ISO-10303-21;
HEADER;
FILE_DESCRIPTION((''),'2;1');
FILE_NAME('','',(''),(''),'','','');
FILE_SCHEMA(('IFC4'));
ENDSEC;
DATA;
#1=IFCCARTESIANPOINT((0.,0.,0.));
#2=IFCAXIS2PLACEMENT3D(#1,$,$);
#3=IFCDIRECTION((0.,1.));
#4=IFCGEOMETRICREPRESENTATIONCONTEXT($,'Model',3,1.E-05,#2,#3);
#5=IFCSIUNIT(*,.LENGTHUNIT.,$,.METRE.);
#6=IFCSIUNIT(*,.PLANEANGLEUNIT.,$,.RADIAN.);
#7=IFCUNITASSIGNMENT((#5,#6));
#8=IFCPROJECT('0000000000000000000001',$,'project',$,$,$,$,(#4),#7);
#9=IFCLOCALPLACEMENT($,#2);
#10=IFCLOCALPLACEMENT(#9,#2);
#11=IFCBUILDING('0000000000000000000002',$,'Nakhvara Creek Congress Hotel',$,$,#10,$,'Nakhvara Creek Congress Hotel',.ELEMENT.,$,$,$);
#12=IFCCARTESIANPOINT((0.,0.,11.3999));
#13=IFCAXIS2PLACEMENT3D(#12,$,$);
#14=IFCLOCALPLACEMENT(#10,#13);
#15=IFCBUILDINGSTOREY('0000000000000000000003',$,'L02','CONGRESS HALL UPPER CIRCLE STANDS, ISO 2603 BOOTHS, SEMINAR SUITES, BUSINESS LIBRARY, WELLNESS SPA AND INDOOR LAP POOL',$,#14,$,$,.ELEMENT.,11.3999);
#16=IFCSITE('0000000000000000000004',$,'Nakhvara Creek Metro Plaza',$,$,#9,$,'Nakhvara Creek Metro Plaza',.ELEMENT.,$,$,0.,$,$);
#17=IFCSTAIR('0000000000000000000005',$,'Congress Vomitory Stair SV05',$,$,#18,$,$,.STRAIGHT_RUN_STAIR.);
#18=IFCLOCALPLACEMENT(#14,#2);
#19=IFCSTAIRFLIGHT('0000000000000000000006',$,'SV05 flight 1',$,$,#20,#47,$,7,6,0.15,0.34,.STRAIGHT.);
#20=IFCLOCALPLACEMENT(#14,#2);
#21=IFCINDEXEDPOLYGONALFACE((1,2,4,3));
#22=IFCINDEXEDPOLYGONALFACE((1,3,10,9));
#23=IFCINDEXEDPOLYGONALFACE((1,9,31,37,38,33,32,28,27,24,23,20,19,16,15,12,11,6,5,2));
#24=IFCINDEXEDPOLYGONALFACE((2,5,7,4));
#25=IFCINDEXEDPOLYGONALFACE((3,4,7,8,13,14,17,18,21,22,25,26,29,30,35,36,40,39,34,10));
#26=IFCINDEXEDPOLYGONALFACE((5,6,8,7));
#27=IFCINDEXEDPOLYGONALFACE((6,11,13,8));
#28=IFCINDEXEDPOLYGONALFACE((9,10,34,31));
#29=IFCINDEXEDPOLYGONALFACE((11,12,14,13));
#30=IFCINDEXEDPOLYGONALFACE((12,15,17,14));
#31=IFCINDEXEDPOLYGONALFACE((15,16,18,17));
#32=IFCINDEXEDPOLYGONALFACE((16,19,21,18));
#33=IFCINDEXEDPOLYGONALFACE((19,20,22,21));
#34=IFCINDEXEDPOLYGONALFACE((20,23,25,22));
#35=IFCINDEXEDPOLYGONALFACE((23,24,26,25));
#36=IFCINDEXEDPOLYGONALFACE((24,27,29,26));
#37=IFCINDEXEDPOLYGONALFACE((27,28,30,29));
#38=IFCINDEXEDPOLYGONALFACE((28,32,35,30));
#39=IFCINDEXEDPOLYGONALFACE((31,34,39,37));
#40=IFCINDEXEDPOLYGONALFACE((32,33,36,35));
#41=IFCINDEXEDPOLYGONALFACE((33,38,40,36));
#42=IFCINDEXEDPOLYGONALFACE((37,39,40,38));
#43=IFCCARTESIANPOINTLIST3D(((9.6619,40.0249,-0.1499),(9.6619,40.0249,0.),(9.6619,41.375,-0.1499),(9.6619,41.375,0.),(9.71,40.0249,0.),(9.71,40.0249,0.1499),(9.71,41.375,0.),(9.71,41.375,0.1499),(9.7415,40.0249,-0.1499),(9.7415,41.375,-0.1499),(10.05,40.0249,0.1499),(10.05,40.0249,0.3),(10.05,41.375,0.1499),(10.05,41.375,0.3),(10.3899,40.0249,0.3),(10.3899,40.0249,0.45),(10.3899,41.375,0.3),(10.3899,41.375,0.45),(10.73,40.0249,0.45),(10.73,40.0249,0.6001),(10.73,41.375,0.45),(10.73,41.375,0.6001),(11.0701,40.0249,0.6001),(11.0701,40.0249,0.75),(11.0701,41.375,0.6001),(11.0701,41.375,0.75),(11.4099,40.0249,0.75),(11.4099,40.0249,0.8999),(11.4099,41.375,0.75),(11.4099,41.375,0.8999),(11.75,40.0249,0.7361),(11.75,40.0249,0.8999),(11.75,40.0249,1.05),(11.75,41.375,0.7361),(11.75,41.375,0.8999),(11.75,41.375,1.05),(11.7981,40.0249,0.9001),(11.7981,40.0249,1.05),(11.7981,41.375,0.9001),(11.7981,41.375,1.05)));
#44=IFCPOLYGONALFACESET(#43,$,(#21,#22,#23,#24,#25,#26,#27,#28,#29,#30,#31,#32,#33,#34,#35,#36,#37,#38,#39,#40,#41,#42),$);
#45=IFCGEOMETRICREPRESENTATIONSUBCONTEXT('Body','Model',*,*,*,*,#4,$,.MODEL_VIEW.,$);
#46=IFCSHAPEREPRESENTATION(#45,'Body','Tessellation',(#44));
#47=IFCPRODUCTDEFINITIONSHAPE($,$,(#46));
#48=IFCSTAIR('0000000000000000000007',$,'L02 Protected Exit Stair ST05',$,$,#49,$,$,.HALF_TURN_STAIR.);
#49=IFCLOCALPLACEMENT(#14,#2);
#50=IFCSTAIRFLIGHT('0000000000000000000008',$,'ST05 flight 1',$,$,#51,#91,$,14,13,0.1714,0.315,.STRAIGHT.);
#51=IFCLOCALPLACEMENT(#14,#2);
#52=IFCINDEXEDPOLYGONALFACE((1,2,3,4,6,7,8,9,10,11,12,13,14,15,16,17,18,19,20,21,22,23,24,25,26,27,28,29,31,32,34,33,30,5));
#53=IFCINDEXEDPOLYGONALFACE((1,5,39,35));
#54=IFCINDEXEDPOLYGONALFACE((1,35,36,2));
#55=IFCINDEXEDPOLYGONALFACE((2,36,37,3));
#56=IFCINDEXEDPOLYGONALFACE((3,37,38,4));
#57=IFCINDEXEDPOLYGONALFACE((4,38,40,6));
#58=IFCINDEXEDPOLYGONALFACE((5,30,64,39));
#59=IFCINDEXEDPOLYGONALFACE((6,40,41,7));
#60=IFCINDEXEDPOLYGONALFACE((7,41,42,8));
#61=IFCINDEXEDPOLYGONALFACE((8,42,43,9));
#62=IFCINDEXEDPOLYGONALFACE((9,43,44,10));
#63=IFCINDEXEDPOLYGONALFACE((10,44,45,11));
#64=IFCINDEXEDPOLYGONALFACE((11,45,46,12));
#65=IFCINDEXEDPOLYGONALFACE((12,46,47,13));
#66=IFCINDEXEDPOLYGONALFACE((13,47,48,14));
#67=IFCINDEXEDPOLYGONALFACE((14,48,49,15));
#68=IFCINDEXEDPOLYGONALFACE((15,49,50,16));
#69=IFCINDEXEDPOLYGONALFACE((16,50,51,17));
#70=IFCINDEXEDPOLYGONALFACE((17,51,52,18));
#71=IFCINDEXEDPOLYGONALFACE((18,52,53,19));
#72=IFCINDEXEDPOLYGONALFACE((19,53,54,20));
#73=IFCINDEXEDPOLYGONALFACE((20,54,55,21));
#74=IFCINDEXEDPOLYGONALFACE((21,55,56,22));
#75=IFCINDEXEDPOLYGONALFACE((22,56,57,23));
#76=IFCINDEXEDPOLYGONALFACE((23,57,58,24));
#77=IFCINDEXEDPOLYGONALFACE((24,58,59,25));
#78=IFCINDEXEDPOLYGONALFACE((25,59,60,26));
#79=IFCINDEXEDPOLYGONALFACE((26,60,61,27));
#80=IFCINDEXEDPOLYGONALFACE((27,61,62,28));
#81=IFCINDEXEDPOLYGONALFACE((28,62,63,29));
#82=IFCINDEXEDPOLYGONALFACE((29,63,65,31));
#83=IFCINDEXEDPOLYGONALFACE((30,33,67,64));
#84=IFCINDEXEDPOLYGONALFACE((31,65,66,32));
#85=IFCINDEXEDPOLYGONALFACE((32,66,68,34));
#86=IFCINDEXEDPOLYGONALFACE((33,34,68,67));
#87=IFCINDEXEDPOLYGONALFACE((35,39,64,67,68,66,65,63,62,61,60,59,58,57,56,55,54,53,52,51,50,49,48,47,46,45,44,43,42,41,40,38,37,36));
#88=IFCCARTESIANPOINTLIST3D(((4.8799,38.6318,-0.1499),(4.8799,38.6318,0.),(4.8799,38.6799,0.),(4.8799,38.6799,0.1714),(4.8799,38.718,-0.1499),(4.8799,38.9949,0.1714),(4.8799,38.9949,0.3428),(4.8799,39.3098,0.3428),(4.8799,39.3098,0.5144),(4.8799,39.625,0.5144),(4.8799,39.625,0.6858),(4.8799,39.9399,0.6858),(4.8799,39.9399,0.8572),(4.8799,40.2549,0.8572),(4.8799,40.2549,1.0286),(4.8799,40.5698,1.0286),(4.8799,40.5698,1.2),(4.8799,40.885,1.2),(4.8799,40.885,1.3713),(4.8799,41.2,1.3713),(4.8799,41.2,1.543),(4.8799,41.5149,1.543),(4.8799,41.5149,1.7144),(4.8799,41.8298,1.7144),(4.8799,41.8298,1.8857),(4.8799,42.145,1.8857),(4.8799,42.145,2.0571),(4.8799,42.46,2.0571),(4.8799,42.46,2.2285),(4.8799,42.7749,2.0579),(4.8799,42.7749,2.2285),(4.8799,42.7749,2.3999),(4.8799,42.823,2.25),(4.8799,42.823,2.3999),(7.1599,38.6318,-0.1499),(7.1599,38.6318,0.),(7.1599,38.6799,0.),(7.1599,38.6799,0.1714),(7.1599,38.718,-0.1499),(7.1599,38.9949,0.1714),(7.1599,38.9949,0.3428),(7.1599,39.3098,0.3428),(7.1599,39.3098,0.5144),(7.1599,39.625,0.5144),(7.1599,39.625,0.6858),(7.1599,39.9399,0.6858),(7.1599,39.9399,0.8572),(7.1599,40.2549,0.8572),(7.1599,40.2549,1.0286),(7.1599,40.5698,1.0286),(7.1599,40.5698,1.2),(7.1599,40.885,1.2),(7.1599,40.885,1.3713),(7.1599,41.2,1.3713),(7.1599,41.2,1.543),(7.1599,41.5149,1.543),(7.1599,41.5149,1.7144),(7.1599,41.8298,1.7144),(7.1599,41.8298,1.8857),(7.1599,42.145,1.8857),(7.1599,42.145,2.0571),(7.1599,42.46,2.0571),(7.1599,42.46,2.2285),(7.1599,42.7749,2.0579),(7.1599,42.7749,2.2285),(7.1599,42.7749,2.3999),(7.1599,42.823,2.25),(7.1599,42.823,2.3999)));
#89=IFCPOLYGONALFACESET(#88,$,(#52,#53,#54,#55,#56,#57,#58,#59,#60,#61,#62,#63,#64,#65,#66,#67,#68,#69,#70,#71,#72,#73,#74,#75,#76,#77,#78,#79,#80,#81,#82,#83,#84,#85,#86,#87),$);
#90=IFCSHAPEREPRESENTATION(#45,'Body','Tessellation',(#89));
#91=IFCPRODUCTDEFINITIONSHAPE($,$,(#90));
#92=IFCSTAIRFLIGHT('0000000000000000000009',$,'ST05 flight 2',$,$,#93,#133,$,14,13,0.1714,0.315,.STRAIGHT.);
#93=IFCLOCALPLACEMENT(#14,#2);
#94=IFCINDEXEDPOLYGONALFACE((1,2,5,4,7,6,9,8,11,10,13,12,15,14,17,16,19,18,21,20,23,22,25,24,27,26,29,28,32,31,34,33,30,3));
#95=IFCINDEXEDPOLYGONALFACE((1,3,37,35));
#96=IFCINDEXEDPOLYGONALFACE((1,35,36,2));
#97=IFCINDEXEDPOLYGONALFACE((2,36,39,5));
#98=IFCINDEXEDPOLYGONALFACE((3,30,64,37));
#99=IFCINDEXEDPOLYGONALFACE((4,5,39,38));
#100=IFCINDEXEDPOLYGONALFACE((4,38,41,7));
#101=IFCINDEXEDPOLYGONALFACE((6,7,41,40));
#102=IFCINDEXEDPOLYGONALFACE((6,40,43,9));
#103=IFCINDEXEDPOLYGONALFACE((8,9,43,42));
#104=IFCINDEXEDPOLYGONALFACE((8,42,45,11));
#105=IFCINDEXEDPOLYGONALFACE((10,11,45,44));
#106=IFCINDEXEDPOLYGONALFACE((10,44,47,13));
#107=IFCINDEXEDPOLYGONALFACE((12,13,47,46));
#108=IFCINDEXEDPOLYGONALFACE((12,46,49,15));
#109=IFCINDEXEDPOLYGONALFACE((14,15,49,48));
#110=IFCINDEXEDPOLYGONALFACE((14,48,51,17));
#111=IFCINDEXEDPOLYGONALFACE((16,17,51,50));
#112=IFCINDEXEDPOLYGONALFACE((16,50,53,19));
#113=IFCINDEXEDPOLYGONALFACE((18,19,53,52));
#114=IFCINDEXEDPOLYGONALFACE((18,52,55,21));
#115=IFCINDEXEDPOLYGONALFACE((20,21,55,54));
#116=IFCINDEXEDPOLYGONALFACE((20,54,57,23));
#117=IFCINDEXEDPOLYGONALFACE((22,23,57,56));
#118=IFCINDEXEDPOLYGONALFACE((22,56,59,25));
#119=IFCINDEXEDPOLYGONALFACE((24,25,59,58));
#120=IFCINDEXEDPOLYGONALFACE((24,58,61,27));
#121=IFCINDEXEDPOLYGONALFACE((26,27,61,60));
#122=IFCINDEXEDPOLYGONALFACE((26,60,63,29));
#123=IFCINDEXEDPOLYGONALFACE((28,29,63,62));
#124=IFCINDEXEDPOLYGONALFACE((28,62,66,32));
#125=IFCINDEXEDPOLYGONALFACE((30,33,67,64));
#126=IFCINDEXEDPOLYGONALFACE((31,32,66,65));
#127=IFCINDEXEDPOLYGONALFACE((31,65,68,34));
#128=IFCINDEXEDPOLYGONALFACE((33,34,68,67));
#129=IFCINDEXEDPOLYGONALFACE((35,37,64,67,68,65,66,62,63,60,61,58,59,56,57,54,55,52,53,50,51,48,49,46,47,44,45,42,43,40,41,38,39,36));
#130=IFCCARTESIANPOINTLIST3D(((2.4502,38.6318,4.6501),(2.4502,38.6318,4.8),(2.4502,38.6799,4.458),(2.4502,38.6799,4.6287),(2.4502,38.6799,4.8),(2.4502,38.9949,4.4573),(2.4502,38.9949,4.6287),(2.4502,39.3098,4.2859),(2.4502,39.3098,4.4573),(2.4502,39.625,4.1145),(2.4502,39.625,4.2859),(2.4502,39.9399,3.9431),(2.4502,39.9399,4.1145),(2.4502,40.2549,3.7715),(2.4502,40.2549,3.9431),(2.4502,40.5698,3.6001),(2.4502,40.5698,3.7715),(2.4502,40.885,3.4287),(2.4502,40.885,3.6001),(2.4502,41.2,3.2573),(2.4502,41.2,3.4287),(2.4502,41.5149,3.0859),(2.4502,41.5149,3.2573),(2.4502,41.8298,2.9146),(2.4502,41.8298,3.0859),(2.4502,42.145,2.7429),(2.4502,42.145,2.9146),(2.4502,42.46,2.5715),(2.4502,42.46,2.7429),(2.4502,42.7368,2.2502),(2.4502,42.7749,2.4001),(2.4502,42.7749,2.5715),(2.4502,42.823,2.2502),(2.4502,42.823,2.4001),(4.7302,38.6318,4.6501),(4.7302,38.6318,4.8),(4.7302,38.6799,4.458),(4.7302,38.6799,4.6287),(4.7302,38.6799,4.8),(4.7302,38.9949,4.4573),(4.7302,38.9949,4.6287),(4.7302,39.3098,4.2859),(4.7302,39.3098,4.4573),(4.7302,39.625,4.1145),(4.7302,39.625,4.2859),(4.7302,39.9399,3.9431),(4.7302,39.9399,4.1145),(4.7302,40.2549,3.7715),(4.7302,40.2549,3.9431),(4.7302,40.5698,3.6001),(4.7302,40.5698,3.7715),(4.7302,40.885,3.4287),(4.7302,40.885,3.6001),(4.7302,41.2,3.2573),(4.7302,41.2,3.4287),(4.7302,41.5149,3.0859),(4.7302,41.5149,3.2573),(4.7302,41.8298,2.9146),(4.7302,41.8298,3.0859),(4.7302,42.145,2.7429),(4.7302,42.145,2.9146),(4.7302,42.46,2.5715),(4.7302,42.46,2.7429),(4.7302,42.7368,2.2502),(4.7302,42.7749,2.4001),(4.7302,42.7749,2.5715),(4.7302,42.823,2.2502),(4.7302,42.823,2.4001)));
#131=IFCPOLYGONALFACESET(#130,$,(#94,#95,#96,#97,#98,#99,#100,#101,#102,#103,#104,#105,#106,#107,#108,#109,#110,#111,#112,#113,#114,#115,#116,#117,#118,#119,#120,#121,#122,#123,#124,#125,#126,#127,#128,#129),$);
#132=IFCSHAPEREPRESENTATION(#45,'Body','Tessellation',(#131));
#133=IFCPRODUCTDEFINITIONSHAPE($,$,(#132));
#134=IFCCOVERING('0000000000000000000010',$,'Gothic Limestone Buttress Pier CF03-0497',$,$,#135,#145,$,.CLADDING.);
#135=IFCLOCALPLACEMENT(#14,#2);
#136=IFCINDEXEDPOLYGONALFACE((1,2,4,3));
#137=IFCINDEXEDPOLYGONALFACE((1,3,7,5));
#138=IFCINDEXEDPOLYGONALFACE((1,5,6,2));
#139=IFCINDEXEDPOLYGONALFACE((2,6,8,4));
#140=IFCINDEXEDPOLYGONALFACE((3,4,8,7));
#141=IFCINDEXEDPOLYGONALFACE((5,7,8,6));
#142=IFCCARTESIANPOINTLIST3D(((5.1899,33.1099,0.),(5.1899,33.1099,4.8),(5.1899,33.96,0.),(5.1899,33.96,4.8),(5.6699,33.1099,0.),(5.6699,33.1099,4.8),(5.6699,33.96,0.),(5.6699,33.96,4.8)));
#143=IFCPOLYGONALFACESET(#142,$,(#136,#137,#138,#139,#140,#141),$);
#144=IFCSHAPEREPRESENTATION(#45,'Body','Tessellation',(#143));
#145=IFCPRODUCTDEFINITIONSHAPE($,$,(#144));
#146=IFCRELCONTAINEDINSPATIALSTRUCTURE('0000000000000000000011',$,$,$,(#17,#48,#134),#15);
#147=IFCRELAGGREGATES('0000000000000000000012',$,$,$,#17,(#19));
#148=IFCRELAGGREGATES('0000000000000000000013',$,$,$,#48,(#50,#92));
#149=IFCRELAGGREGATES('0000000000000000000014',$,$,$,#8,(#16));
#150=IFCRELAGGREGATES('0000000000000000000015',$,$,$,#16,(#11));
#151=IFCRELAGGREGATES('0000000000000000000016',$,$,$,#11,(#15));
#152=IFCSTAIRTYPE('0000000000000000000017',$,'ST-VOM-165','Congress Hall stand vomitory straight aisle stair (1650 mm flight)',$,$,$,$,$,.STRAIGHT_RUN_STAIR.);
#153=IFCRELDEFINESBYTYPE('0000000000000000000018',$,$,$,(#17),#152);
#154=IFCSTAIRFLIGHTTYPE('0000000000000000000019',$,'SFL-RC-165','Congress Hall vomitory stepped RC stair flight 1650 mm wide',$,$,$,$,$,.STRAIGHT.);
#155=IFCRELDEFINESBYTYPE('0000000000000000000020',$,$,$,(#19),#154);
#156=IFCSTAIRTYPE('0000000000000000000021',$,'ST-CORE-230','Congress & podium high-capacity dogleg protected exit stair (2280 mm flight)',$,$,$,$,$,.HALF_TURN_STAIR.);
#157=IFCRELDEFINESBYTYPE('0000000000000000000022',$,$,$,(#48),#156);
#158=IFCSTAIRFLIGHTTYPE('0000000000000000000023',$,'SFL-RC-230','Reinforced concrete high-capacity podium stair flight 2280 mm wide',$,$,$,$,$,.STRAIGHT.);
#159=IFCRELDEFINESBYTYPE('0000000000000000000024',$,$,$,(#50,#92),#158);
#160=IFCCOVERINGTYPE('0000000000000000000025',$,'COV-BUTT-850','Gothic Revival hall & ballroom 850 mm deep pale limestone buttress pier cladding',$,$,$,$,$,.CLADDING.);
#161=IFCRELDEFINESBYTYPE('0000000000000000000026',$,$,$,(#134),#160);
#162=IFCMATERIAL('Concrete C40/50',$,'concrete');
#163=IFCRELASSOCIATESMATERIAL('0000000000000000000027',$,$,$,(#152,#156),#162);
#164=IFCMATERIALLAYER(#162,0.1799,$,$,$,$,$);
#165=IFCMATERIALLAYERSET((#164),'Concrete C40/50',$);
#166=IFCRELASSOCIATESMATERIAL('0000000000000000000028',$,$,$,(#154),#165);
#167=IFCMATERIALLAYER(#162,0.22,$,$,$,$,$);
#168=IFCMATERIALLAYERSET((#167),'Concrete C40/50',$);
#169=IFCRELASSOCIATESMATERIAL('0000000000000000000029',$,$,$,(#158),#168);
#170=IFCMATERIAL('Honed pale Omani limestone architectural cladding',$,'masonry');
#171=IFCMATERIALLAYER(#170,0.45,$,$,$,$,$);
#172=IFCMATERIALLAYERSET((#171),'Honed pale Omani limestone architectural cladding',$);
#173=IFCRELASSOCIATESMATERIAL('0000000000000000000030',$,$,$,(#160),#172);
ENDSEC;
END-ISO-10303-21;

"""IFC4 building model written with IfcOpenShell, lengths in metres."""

from ifc_helpers import new_model, si_unit, direction, frame, origin, origin_2d, place, context, subcontext, project, spatial, polyline, rectangle, outline, extrude, material, layer, layer_set, type_object, element, aggregate, save


model = new_model("IFC4")

# Units and contexts
model_context = context("Model", 3, precision=1e-05, world=origin(), true_north=direction((0.0, 1.0)))
body_context = subcontext(model_context, "Body", "Model", "MODEL_VIEW")
ifc_project = project(units=[si_unit("LENGTHUNIT", "METRE"), si_unit("PLANEANGLEUNIT", "RADIAN")], contexts=[model_context])

# Site, building, storey
site_placement = place(None, origin())
site = spatial("IfcSite", under=ifc_project, at=site_placement, Name="Nakhvara Creek Metro Plaza", LongName="Nakhvara Creek Metro Plaza", CompositionType="ELEMENT", RefElevation=0.0)
building_placement = place(site_placement, origin())
building = spatial("IfcBuilding", under=site, at=building_placement, Name="Nakhvara Creek Congress Hotel", LongName="Nakhvara Creek Congress Hotel", CompositionType="ELEMENT")
storey_placement = place(building_placement, frame((0.0, 0.0, 11.3999)))
storey = spatial("IfcBuildingStorey", under=building, at=storey_placement, Name="L02", Description="CONGRESS HALL UPPER CIRCLE STANDS, ISO 2603 BOOTHS, SEMINAR SUITES, BUSINESS LIBRARY, WELLNESS SPA AND INDOOR LAP POOL", CompositionType="ELEMENT", Elevation=11.3999)

# Shared definitions
ifc_material_1 = material(Name="Concrete C40/50", Category="concrete")

# Stair, stair flight
stair_type_1 = type_object("IfcStairType", Name="ST-VOM-165", Description="Congress Hall stand vomitory straight aisle stair (1650 mm flight)", PredefinedType="STRAIGHT_RUN_STAIR", material=ifc_material_1)
stair_1_placement = place(storey_placement, origin())
stair_1 = element("IfcStair", 1, at=stair_1_placement, inside=storey, type_object=stair_type_1, Name="Congress Vomitory Stair SV05", PredefinedType="STRAIGHT_RUN_STAIR")
ifc_layer_1 = layer(ifc_material_1, 0.1799)
ifc_layer_set_1 = layer_set([ifc_layer_1], Name="Concrete C40/50")
stair_flight_type_1 = type_object("IfcStairFlightType", Name="SFL-RC-165", Description="Congress Hall vomitory stepped RC stair flight 1650 mm wide", PredefinedType="STRAIGHT", material=ifc_layer_set_1)
stair_flight_1_placement = place(storey_placement, frame((9.71, 40.7, 0.0), z_axis=(0.0, 0.0, 1.0), x_axis=(1.0, 0.0, 0.0)))
stair_flight_1 = element("IfcStairFlight", 2, at=stair_flight_1_placement, type_object=stair_flight_type_1, Name="SV05 flight 1", NumberOfRisers=7, NumberOfTreads=6, PredefinedType="STRAIGHT", RiserHeight=0.15, TreadLength=0.34, context=body_context, shape_type="SweptSolid", body=[
    extrude(outline(polyline([(-0.0481, 0.0), (0.0, 0.0), (0.0, 0.1499), (0.3401, 0.1499), (0.3401, 0.3), (0.6799, 0.3), (0.6799, 0.45), (1.02, 0.45), (1.02, 0.6001), (1.3601, 0.6001), (1.3601, 0.75), (1.7, 0.75), (1.7, 0.8999), (2.04, 0.8999), (2.04, 1.05), (2.0881, 1.05), (2.0881, 0.9001), (2.04, 0.7361), (0.0315, -0.1499), (-0.0481, -0.1499), (-0.0481, 0.0)])), frame((0.0, 0.675, 0.0), z_axis=(0.0, -1.0, 0.0), x_axis=(1.0, 0.0, 0.0)), (0.0, 0.0, 1.0), 1.3501),
])
aggregate(stair_1, [stair_flight_1])

# Stair, stair flights
stair_type_2 = type_object("IfcStairType", Name="ST-CORE-230", Description="Congress & podium high-capacity dogleg protected exit stair (2280 mm flight)", PredefinedType="HALF_TURN_STAIR", material=ifc_material_1)
stair_2_placement = place(storey_placement, origin())
stair_2 = element("IfcStair", 3, at=stair_2_placement, inside=storey, type_object=stair_type_2, Name="L02 Protected Exit Stair ST05", PredefinedType="HALF_TURN_STAIR")
ifc_layer_2 = layer(ifc_material_1, 0.22)
ifc_layer_set_2 = layer_set([ifc_layer_2], Name="Concrete C40/50")
stair_flight_type_2 = type_object("IfcStairFlightType", Name="SFL-RC-230", Description="Reinforced concrete high-capacity podium stair flight 2280 mm wide", PredefinedType="STRAIGHT", material=ifc_layer_set_2)
stair_flight_2_placement = place(storey_placement, frame((6.02, 38.6799, 0.0), z_axis=(0.0, 0.0, 1.0), x_axis=(0.0, 1.0, 0.0)))
stair_flight_2 = element("IfcStairFlight", 4, at=stair_flight_2_placement, type_object=stair_flight_type_2, Name="ST05 flight 1", NumberOfRisers=14, NumberOfTreads=13, PredefinedType="STRAIGHT", RiserHeight=0.1714, TreadLength=0.315, context=body_context, shape_type="SweptSolid", body=[
    extrude(outline(polyline([(-0.0481, 0.0), (0.0, 0.0), (0.0, 0.1714), (0.3149, 0.1714), (0.3149, 0.3428), (0.6299, 0.3428), (0.6299, 0.5144), (0.9451, 0.5144), (0.9451, 0.6858), (1.26, 0.6858), (1.26, 0.8572), (1.575, 0.8572), (1.575, 1.0286), (1.8899, 1.0286), (1.8899, 1.2), (2.2051, 1.2), (2.2051, 1.3713), (2.52, 1.3713), (2.52, 1.543), (2.835, 1.543), (2.835, 1.7144), (3.1499, 1.7144), (3.1499, 1.8857), (3.4651, 1.8857), (3.4651, 2.0571), (3.78, 2.0571), (3.78, 2.2285), (4.095, 2.2285), (4.095, 2.3999), (4.1431, 2.3999), (4.1431, 2.25), (4.095, 2.0579), (0.0381, -0.1499), (-0.0481, -0.1499), (-0.0481, 0.0)])), frame((0.0, 1.1401, 0.0), z_axis=(0.0, -1.0, 0.0), x_axis=(1.0, 0.0, 0.0)), (0.0, 0.0, 1.0), 2.28),
])
stair_flight_3_placement = place(storey_placement, frame((3.5901, 42.7749, 2.4001), z_axis=(0.0, 0.0, 1.0), x_axis=(0.0, -1.0, 0.0)))
stair_flight_3 = element("IfcStairFlight", 5, at=stair_flight_3_placement, type_object=stair_flight_type_2, Name="ST05 flight 2", NumberOfRisers=14, NumberOfTreads=13, PredefinedType="STRAIGHT", RiserHeight=0.1714, TreadLength=0.315, context=body_context, shape_type="SweptSolid", body=[
    extrude(outline(polyline([(-0.0481, 0.0), (0.0, 0.0), (0.0, 0.1714), (0.3149, 0.1714), (0.3149, 0.3428), (0.6299, 0.3428), (0.6299, 0.5144), (0.9451, 0.5144), (0.9451, 0.6858), (1.26, 0.6858), (1.26, 0.8572), (1.575, 0.8572), (1.575, 1.0286), (1.8899, 1.0286), (1.8899, 1.2), (2.2051, 1.2), (2.2051, 1.3713), (2.52, 1.3713), (2.52, 1.543), (2.835, 1.543), (2.835, 1.7144), (3.1499, 1.7144), (3.1499, 1.8857), (3.4651, 1.8857), (3.4651, 2.0571), (3.78, 2.0571), (3.78, 2.2285), (4.095, 2.2285), (4.095, 2.3999), (4.1431, 2.3999), (4.1431, 2.25), (4.095, 2.0579), (0.0381, -0.1499), (-0.0481, -0.1499), (-0.0481, 0.0)])), frame((0.0, 1.1401, 0.0), z_axis=(0.0, -1.0, 0.0), x_axis=(1.0, 0.0, 0.0)), (0.0, 0.0, 1.0), 2.28),
])
aggregate(stair_2, [stair_flight_2, stair_flight_3])

# Covering
ifc_material_2 = material(Name="Honed pale Omani limestone architectural cladding", Category="masonry")
ifc_layer_3 = layer(ifc_material_2, 0.45)
ifc_layer_set_3 = layer_set([ifc_layer_3], Name="Honed pale Omani limestone architectural cladding")
covering_type = type_object("IfcCoveringType", Name="COV-BUTT-850", Description="Gothic Revival hall & ballroom 850 mm deep pale limestone buttress pier cladding", PredefinedType="CLADDING", material=ifc_layer_set_3)
covering_placement = place(storey_placement, frame((5.4299, 33.5349, 0.0), z_axis=(0.0, 0.0, 1.0), x_axis=(1.0, 0.0, 0.0)))
element("IfcCovering", 6, at=covering_placement, inside=storey, type_object=covering_type, Name="Gothic Limestone Buttress Pier CF03-0497", PredefinedType="CLADDING", context=body_context, shape_type="SweptSolid", body=[
    extrude(rectangle(XDim=0.48, YDim=0.8501, at=origin_2d()), origin(), (0.0, 0.0, 1.0), 4.8),
])

save(model, "model.ifc")
